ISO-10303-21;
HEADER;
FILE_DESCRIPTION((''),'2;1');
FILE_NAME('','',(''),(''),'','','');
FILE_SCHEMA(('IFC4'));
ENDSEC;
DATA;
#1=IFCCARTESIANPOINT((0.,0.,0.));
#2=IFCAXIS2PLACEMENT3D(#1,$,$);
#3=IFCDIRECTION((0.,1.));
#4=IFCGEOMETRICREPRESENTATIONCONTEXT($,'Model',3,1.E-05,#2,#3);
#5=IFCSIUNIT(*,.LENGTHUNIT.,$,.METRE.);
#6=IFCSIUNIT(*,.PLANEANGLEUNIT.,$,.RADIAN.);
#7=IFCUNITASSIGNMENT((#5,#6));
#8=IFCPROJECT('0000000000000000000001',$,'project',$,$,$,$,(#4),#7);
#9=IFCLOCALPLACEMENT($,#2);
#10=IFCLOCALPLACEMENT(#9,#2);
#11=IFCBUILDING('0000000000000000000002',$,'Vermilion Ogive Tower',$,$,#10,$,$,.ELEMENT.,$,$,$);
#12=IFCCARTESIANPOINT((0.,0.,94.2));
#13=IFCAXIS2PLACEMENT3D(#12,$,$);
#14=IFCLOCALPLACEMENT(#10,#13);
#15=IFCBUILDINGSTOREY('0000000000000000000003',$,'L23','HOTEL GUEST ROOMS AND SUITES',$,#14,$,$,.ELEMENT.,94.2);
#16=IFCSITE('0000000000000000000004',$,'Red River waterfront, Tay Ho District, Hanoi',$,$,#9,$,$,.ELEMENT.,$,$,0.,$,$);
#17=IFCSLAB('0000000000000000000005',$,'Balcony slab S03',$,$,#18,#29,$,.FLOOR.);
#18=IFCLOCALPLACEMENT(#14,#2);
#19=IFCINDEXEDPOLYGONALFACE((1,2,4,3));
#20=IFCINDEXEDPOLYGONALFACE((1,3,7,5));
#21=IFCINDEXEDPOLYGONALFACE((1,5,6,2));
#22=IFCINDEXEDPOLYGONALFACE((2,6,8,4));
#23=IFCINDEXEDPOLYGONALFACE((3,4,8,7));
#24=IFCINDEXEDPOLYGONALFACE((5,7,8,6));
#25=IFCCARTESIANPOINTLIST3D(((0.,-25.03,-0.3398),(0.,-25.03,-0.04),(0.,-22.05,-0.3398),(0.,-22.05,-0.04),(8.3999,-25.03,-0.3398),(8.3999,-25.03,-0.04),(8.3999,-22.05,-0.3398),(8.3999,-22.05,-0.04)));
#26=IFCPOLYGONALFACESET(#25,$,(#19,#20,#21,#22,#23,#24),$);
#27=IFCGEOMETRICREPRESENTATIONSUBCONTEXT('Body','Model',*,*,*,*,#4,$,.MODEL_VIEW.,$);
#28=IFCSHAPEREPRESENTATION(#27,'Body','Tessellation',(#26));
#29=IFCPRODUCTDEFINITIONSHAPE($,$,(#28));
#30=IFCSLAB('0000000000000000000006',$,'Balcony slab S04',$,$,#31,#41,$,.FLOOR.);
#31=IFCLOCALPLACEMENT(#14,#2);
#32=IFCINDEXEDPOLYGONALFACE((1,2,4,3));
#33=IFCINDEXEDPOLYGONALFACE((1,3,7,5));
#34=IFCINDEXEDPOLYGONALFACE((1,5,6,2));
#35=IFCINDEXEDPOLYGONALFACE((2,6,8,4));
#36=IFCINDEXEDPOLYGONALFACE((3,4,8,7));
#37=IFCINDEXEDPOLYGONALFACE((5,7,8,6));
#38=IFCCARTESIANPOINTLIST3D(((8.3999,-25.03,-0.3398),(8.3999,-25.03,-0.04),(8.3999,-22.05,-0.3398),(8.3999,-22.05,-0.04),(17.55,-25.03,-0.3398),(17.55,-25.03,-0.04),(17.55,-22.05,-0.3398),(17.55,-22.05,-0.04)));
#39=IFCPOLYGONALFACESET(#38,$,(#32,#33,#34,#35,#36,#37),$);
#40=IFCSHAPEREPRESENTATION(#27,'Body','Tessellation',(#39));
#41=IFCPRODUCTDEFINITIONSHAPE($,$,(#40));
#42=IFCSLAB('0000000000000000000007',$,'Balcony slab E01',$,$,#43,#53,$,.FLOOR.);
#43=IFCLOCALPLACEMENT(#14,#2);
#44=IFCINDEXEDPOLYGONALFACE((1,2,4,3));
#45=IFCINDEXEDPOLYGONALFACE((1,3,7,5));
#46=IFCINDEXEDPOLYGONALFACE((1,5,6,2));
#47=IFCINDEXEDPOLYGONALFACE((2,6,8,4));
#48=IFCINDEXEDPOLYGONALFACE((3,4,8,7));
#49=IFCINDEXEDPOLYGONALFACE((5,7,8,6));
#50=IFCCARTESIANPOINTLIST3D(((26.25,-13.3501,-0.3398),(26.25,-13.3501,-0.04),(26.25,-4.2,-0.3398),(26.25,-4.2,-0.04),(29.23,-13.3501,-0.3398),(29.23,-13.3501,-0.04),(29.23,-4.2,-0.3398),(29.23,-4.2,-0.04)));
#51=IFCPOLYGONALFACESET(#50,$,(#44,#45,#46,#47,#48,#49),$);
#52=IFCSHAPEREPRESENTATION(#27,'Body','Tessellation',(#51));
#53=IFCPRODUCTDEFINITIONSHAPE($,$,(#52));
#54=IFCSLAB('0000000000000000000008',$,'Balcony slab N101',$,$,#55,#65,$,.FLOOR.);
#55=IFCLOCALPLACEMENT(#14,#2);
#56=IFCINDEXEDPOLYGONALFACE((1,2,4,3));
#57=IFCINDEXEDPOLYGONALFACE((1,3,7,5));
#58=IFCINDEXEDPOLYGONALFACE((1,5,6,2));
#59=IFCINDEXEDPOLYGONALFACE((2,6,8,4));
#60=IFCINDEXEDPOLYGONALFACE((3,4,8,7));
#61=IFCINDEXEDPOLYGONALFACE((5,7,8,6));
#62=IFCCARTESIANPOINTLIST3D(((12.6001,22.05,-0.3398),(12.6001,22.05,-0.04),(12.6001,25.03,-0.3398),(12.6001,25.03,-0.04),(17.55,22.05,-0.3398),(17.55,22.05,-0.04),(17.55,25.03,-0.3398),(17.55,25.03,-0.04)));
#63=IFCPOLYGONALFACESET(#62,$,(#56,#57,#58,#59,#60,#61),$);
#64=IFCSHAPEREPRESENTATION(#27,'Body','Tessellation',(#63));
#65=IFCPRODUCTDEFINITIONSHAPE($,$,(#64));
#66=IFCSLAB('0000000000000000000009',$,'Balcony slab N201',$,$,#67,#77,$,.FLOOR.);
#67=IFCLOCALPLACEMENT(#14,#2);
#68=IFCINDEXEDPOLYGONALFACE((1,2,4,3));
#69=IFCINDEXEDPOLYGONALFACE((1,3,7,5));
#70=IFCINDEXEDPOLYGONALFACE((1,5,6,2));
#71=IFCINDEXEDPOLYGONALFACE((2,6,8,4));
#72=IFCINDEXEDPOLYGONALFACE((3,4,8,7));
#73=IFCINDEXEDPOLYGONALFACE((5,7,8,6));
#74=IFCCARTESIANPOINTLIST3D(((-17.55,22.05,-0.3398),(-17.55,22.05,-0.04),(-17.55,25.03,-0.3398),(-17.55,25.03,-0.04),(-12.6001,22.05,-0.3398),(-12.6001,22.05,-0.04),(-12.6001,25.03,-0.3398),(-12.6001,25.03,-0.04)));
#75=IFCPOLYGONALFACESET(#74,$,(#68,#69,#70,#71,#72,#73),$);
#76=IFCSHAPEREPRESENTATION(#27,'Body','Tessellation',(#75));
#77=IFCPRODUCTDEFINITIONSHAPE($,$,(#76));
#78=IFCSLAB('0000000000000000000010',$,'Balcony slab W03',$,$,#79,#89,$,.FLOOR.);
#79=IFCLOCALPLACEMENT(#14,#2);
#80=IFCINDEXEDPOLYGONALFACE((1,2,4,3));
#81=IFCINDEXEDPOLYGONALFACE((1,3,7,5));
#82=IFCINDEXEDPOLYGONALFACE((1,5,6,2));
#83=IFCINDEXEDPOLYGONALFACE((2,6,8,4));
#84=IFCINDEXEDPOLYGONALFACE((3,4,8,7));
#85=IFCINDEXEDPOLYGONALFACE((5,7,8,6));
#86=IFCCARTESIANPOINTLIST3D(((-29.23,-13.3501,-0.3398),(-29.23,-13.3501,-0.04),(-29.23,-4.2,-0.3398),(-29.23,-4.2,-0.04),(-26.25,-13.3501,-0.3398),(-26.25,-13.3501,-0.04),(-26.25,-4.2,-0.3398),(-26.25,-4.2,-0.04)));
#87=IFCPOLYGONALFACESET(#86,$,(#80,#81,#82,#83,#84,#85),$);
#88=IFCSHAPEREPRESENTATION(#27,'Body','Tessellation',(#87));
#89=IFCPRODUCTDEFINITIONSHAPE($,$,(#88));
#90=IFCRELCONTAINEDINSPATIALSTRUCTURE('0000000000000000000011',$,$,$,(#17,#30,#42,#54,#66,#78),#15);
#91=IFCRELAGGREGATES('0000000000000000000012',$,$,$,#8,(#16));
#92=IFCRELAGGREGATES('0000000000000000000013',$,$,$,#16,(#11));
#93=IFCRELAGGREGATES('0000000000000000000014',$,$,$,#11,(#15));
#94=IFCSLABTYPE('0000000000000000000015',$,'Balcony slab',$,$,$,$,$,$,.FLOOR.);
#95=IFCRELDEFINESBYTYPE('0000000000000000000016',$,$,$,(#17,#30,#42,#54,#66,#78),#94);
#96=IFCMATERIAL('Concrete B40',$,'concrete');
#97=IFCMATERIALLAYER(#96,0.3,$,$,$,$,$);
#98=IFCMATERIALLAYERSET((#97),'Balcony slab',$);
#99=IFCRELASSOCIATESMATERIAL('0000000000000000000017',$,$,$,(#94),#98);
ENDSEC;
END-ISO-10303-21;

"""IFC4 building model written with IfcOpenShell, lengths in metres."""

from ifc_helpers import new_model, si_unit, direction, frame, origin, place, context, subcontext, project, spatial, polyline, outline, extrude, material, layer, layer_set, type_object, element, save


model = new_model("IFC4")

# Units and contexts
model_context = context("Model", 3, precision=1e-05, world=origin(), true_north=direction((0.0, 1.0)))
body_context = subcontext(model_context, "Body", "Model", "MODEL_VIEW")
ifc_project = project(units=[si_unit("LENGTHUNIT", "METRE"), si_unit("PLANEANGLEUNIT", "RADIAN")], contexts=[model_context])

# Site, building, storey
site_placement = place(None, origin())
site = spatial("IfcSite", under=ifc_project, at=site_placement, Name="Red River waterfront, Tay Ho District, Hanoi", CompositionType="ELEMENT", RefElevation=0.0)
building_placement = place(site_placement, origin())
building = spatial("IfcBuilding", under=site, at=building_placement, Name="Vermilion Ogive Tower", CompositionType="ELEMENT")
storey_placement = place(building_placement, frame((0.0, 0.0, 94.2)))
storey = spatial("IfcBuildingStorey", under=building, at=storey_placement, Name="L23", Description="HOTEL GUEST ROOMS AND SUITES", CompositionType="ELEMENT", Elevation=94.2)

# Slabs
ifc_material_1 = material(Name="Concrete B40", Category="concrete")
ifc_layer_1 = layer(ifc_material_1, 0.3)
ifc_layer_set_1 = layer_set([ifc_layer_1], Name="Balcony slab")
slab_type_1 = type_object("IfcSlabType", Name="Balcony slab", PredefinedType="FLOOR", material=ifc_layer_set_1)
slab_1_placement = place(storey_placement, frame((0.0, 0.0, -0.3398)))
element("IfcSlab", 1, at=slab_1_placement, inside=storey, type_object=slab_type_1, Name="Balcony slab S03", PredefinedType="FLOOR", context=body_context, shape_type="SweptSolid", body=[
    extrude(outline(polyline([(0.0, -25.03), (8.3999, -25.03), (8.3999, -22.05), (0.0, -22.05), (0.0, -25.03)])), origin(), (0.0, 0.0, 1.0), 0.2998),
])
slab_2_placement = place(storey_placement, frame((0.0, 0.0, -0.3398)))
element("IfcSlab", 2, at=slab_2_placement, inside=storey, type_object=slab_type_1, Name="Balcony slab S04", PredefinedType="FLOOR", context=body_context, shape_type="SweptSolid", body=[
    extrude(outline(polyline([(8.3999, -25.03), (17.55, -25.03), (17.55, -22.05), (8.3999, -22.05), (8.3999, -25.03)])), origin(), (0.0, 0.0, 1.0), 0.2998),
])
slab_3_placement = place(storey_placement, frame((0.0, 0.0, -0.3398)))
element("IfcSlab", 3, at=slab_3_placement, inside=storey, type_object=slab_type_1, Name="Balcony slab E01", PredefinedType="FLOOR", context=body_context, shape_type="SweptSolid", body=[
    extrude(outline(polyline([(29.23, -13.3501), (29.23, -4.2), (26.25, -4.2), (26.25, -13.3501), (29.23, -13.3501)])), origin(), (0.0, 0.0, 1.0), 0.2998),
])
slab_4_placement = place(storey_placement, frame((0.0, 0.0, -0.3398)))
element("IfcSlab", 4, at=slab_4_placement, inside=storey, type_object=slab_type_1, Name="Balcony slab N101", PredefinedType="FLOOR", context=body_context, shape_type="SweptSolid", body=[
    extrude(outline(polyline([(17.55, 25.03), (12.6001, 25.03), (12.6001, 22.05), (17.55, 22.05), (17.55, 25.03)])), origin(), (0.0, 0.0, 1.0), 0.2998),
])
slab_5_placement = place(storey_placement, frame((0.0, 0.0, -0.3398)))
element("IfcSlab", 5, at=slab_5_placement, inside=storey, type_object=slab_type_1, Name="Balcony slab N201", PredefinedType="FLOOR", context=body_context, shape_type="SweptSolid", body=[
    extrude(outline(polyline([(-12.6001, 25.03), (-17.55, 25.03), (-17.55, 22.05), (-12.6001, 22.05), (-12.6001, 25.03)])), origin(), (0.0, 0.0, 1.0), 0.2998),
])
slab_6_placement = place(storey_placement, frame((0.0, 0.0, -0.3398)))
element("IfcSlab", 6, at=slab_6_placement, inside=storey, type_object=slab_type_1, Name="Balcony slab W03", PredefinedType="FLOOR", context=body_context, shape_type="SweptSolid", body=[
    extrude(outline(polyline([(-29.23, -4.2), (-29.23, -13.3501), (-26.25, -13.3501), (-26.25, -4.2), (-29.23, -4.2)])), origin(), (0.0, 0.0, 1.0), 0.2998),
])

save(model, "model.ifc")
